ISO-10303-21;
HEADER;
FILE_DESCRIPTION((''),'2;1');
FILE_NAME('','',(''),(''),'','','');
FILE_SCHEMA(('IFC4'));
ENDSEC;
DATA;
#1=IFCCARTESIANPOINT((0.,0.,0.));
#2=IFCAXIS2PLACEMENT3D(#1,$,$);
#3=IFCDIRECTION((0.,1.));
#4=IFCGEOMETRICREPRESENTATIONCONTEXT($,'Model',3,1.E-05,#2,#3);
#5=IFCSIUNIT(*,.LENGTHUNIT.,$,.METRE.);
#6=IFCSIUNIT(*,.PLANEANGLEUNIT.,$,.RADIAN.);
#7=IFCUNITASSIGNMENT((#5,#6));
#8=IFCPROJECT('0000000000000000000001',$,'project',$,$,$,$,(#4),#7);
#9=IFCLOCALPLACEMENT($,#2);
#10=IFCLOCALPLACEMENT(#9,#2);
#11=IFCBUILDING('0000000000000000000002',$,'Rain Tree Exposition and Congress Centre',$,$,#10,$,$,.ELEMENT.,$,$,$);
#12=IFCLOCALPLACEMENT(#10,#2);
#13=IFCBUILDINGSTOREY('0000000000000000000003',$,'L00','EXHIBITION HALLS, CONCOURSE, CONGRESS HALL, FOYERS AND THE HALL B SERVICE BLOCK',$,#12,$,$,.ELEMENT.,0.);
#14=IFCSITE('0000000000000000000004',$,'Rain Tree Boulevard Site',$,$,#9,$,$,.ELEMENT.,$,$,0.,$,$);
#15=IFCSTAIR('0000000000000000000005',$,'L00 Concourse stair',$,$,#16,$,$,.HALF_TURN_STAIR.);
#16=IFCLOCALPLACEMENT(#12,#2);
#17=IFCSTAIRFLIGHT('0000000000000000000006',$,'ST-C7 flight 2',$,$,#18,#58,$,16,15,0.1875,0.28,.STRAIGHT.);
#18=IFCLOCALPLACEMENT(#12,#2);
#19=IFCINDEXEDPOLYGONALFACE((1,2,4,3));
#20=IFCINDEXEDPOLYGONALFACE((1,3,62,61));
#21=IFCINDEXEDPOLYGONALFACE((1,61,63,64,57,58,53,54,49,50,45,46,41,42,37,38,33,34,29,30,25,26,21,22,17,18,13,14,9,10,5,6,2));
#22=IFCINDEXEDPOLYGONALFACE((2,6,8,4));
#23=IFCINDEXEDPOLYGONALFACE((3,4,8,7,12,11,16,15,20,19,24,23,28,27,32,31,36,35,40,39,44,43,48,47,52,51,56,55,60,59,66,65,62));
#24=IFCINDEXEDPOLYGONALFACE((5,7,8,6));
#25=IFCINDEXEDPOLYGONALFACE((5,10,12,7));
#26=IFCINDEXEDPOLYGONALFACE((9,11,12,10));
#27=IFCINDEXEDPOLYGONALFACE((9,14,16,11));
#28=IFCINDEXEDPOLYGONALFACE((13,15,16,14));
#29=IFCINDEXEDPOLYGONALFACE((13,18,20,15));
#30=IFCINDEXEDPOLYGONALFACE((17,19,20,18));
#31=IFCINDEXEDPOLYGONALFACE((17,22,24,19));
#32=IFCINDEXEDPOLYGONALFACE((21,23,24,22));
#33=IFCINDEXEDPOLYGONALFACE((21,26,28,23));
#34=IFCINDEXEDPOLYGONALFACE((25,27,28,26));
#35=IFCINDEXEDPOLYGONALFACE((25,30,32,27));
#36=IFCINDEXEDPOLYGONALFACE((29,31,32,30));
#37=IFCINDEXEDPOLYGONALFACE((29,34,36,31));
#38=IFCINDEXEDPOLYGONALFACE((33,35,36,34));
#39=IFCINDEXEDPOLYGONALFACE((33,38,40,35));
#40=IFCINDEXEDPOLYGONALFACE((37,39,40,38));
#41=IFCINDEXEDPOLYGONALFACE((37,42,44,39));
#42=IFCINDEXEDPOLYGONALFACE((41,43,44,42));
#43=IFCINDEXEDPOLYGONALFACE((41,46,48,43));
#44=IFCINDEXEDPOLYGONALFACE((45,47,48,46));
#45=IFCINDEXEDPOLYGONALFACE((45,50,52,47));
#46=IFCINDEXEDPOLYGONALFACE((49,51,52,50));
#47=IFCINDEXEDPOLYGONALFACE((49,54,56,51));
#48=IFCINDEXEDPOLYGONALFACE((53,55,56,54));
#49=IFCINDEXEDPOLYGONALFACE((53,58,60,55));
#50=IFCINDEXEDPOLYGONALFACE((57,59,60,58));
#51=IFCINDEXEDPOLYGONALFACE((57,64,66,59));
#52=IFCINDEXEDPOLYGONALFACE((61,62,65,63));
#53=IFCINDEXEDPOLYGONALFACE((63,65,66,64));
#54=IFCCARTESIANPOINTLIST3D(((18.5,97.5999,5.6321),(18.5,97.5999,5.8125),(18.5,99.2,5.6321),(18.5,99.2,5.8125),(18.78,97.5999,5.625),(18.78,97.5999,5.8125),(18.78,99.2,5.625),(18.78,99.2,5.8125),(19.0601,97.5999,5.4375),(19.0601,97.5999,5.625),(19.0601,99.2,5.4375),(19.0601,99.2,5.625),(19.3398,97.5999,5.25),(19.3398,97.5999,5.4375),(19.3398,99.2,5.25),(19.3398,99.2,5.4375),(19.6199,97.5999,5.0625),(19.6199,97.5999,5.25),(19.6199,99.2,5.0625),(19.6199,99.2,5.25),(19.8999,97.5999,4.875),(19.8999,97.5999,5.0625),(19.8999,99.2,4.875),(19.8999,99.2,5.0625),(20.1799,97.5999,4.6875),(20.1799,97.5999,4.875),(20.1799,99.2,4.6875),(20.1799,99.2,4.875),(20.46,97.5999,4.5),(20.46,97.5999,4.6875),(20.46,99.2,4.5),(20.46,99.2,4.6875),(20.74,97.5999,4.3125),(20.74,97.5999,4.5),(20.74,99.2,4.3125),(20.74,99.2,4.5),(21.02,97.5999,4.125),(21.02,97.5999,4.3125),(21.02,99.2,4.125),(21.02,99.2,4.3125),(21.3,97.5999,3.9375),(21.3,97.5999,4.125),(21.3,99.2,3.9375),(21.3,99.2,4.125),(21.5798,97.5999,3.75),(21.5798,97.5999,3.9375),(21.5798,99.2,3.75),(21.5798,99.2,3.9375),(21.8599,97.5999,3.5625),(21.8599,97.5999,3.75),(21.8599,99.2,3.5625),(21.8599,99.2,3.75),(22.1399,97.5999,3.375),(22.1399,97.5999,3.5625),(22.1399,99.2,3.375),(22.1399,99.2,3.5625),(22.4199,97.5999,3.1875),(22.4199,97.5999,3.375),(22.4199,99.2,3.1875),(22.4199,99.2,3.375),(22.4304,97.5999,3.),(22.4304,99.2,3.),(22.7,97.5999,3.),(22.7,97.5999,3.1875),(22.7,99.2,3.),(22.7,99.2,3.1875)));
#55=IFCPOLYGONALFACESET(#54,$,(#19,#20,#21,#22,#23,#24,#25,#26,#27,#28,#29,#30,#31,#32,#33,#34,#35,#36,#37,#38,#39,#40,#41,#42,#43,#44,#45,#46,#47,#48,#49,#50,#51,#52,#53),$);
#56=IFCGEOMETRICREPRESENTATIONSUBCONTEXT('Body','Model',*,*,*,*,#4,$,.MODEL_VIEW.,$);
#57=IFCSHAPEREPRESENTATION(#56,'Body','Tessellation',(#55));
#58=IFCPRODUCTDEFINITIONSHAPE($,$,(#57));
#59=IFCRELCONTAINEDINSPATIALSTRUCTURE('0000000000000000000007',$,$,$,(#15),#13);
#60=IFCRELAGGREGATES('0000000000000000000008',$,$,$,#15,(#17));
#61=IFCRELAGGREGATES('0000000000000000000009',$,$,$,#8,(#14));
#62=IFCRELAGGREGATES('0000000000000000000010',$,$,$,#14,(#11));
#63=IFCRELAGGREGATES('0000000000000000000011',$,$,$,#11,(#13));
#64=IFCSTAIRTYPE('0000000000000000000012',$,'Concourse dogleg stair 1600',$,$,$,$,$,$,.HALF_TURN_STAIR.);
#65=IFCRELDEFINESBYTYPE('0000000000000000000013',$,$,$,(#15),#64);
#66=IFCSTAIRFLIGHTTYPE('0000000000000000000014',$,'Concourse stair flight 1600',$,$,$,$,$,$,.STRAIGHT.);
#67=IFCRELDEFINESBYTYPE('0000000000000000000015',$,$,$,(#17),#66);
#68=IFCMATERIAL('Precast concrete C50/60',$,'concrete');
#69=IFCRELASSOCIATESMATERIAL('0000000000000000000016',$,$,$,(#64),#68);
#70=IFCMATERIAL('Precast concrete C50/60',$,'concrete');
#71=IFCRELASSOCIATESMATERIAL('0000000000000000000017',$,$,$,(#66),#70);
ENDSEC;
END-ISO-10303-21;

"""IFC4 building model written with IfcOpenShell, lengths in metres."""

from ifc_helpers import new_model, si_unit, direction, frame, origin, place, context, subcontext, project, spatial, polyline, outline, extrude, material, type_object, element, aggregate, save


model = new_model("IFC4")

# Units and contexts
model_context = context("Model", 3, precision=1e-05, world=origin(), true_north=direction((0.0, 1.0)))
body_context = subcontext(model_context, "Body", "Model", "MODEL_VIEW")
ifc_project = project(units=[si_unit("LENGTHUNIT", "METRE"), si_unit("PLANEANGLEUNIT", "RADIAN")], contexts=[model_context])

# Site, building, storey
site_placement = place(None, origin())
site = spatial("IfcSite", under=ifc_project, at=site_placement, Name="Rain Tree Boulevard Site", CompositionType="ELEMENT", RefElevation=0.0)
building_placement = place(site_placement, origin())
building = spatial("IfcBuilding", under=site, at=building_placement, Name="Rain Tree Exposition and Congress Centre", CompositionType="ELEMENT")
storey_placement = place(building_placement, origin())
storey = spatial("IfcBuildingStorey", under=building, at=storey_placement, Name="L00", Description="EXHIBITION HALLS, CONCOURSE, CONGRESS HALL, FOYERS AND THE HALL B SERVICE BLOCK", CompositionType="ELEMENT", Elevation=0.0)

# Stair, stair flight
ifc_material_1 = material(Name="Precast concrete C50/60", Category="concrete")
stair_type = type_object("IfcStairType", Name="Concourse dogleg stair 1600", PredefinedType="HALF_TURN_STAIR", material=ifc_material_1)
stair_placement = place(storey_placement, origin())
stair = element("IfcStair", 1, at=stair_placement, inside=storey, type_object=stair_type, Name="L00 Concourse stair", PredefinedType="HALF_TURN_STAIR")
ifc_material_2 = material(Name="Precast concrete C50/60", Category="concrete")
stair_flight_type = type_object("IfcStairFlightType", Name="Concourse stair flight 1600", PredefinedType="STRAIGHT", material=ifc_material_2)
stair_flight_placement = place(storey_placement, frame((22.7, 98.3999, 3.0), z_axis=(0.0, 0.0, 1.0), x_axis=(-1.0, 0.0, 0.0)))
stair_flight = element("IfcStairFlight", 2, at=stair_flight_placement, type_object=stair_flight_type, Name="ST-C7 flight 2", NumberOfRisers=16, NumberOfTreads=15, PredefinedType="STRAIGHT", RiserHeight=0.1875, TreadLength=0.28, context=body_context, shape_type="SweptSolid", body=[
    extrude(outline(polyline([(0.0, 0.0), (0.0, 0.1875), (0.28, 0.1875), (0.28, 0.375), (0.5601, 0.375), (0.5601, 0.5625), (0.8401, 0.5625), (0.8401, 0.75), (1.1201, 0.75), (1.1201, 0.9375), (1.3999, 0.9375), (1.3999, 1.125), (1.6799, 1.125), (1.6799, 1.3125), (1.96, 1.3125), (1.96, 1.5), (2.24, 1.5), (2.24, 1.6875), (2.52, 1.6875), (2.52, 1.875), (2.8, 1.875), (2.8, 2.0625), (3.0801, 2.0625), (3.0801, 2.25), (3.3601, 2.25), (3.3601, 2.4375), (3.6399, 2.4375), (3.6399, 2.625), (3.9199, 2.625), (3.9199, 2.8125), (4.2, 2.8125), (4.2, 3.0), (4.2, 2.6321), (0.2695, 0.0), (0.0, 0.0)])), frame((0.0, 0.8, 0.0), z_axis=(0.0, -1.0, 0.0), x_axis=(1.0, 0.0, 0.0)), (0.0, 0.0, 1.0), 1.6001),
])
aggregate(stair, [stair_flight])

save(model, "model.ifc")
